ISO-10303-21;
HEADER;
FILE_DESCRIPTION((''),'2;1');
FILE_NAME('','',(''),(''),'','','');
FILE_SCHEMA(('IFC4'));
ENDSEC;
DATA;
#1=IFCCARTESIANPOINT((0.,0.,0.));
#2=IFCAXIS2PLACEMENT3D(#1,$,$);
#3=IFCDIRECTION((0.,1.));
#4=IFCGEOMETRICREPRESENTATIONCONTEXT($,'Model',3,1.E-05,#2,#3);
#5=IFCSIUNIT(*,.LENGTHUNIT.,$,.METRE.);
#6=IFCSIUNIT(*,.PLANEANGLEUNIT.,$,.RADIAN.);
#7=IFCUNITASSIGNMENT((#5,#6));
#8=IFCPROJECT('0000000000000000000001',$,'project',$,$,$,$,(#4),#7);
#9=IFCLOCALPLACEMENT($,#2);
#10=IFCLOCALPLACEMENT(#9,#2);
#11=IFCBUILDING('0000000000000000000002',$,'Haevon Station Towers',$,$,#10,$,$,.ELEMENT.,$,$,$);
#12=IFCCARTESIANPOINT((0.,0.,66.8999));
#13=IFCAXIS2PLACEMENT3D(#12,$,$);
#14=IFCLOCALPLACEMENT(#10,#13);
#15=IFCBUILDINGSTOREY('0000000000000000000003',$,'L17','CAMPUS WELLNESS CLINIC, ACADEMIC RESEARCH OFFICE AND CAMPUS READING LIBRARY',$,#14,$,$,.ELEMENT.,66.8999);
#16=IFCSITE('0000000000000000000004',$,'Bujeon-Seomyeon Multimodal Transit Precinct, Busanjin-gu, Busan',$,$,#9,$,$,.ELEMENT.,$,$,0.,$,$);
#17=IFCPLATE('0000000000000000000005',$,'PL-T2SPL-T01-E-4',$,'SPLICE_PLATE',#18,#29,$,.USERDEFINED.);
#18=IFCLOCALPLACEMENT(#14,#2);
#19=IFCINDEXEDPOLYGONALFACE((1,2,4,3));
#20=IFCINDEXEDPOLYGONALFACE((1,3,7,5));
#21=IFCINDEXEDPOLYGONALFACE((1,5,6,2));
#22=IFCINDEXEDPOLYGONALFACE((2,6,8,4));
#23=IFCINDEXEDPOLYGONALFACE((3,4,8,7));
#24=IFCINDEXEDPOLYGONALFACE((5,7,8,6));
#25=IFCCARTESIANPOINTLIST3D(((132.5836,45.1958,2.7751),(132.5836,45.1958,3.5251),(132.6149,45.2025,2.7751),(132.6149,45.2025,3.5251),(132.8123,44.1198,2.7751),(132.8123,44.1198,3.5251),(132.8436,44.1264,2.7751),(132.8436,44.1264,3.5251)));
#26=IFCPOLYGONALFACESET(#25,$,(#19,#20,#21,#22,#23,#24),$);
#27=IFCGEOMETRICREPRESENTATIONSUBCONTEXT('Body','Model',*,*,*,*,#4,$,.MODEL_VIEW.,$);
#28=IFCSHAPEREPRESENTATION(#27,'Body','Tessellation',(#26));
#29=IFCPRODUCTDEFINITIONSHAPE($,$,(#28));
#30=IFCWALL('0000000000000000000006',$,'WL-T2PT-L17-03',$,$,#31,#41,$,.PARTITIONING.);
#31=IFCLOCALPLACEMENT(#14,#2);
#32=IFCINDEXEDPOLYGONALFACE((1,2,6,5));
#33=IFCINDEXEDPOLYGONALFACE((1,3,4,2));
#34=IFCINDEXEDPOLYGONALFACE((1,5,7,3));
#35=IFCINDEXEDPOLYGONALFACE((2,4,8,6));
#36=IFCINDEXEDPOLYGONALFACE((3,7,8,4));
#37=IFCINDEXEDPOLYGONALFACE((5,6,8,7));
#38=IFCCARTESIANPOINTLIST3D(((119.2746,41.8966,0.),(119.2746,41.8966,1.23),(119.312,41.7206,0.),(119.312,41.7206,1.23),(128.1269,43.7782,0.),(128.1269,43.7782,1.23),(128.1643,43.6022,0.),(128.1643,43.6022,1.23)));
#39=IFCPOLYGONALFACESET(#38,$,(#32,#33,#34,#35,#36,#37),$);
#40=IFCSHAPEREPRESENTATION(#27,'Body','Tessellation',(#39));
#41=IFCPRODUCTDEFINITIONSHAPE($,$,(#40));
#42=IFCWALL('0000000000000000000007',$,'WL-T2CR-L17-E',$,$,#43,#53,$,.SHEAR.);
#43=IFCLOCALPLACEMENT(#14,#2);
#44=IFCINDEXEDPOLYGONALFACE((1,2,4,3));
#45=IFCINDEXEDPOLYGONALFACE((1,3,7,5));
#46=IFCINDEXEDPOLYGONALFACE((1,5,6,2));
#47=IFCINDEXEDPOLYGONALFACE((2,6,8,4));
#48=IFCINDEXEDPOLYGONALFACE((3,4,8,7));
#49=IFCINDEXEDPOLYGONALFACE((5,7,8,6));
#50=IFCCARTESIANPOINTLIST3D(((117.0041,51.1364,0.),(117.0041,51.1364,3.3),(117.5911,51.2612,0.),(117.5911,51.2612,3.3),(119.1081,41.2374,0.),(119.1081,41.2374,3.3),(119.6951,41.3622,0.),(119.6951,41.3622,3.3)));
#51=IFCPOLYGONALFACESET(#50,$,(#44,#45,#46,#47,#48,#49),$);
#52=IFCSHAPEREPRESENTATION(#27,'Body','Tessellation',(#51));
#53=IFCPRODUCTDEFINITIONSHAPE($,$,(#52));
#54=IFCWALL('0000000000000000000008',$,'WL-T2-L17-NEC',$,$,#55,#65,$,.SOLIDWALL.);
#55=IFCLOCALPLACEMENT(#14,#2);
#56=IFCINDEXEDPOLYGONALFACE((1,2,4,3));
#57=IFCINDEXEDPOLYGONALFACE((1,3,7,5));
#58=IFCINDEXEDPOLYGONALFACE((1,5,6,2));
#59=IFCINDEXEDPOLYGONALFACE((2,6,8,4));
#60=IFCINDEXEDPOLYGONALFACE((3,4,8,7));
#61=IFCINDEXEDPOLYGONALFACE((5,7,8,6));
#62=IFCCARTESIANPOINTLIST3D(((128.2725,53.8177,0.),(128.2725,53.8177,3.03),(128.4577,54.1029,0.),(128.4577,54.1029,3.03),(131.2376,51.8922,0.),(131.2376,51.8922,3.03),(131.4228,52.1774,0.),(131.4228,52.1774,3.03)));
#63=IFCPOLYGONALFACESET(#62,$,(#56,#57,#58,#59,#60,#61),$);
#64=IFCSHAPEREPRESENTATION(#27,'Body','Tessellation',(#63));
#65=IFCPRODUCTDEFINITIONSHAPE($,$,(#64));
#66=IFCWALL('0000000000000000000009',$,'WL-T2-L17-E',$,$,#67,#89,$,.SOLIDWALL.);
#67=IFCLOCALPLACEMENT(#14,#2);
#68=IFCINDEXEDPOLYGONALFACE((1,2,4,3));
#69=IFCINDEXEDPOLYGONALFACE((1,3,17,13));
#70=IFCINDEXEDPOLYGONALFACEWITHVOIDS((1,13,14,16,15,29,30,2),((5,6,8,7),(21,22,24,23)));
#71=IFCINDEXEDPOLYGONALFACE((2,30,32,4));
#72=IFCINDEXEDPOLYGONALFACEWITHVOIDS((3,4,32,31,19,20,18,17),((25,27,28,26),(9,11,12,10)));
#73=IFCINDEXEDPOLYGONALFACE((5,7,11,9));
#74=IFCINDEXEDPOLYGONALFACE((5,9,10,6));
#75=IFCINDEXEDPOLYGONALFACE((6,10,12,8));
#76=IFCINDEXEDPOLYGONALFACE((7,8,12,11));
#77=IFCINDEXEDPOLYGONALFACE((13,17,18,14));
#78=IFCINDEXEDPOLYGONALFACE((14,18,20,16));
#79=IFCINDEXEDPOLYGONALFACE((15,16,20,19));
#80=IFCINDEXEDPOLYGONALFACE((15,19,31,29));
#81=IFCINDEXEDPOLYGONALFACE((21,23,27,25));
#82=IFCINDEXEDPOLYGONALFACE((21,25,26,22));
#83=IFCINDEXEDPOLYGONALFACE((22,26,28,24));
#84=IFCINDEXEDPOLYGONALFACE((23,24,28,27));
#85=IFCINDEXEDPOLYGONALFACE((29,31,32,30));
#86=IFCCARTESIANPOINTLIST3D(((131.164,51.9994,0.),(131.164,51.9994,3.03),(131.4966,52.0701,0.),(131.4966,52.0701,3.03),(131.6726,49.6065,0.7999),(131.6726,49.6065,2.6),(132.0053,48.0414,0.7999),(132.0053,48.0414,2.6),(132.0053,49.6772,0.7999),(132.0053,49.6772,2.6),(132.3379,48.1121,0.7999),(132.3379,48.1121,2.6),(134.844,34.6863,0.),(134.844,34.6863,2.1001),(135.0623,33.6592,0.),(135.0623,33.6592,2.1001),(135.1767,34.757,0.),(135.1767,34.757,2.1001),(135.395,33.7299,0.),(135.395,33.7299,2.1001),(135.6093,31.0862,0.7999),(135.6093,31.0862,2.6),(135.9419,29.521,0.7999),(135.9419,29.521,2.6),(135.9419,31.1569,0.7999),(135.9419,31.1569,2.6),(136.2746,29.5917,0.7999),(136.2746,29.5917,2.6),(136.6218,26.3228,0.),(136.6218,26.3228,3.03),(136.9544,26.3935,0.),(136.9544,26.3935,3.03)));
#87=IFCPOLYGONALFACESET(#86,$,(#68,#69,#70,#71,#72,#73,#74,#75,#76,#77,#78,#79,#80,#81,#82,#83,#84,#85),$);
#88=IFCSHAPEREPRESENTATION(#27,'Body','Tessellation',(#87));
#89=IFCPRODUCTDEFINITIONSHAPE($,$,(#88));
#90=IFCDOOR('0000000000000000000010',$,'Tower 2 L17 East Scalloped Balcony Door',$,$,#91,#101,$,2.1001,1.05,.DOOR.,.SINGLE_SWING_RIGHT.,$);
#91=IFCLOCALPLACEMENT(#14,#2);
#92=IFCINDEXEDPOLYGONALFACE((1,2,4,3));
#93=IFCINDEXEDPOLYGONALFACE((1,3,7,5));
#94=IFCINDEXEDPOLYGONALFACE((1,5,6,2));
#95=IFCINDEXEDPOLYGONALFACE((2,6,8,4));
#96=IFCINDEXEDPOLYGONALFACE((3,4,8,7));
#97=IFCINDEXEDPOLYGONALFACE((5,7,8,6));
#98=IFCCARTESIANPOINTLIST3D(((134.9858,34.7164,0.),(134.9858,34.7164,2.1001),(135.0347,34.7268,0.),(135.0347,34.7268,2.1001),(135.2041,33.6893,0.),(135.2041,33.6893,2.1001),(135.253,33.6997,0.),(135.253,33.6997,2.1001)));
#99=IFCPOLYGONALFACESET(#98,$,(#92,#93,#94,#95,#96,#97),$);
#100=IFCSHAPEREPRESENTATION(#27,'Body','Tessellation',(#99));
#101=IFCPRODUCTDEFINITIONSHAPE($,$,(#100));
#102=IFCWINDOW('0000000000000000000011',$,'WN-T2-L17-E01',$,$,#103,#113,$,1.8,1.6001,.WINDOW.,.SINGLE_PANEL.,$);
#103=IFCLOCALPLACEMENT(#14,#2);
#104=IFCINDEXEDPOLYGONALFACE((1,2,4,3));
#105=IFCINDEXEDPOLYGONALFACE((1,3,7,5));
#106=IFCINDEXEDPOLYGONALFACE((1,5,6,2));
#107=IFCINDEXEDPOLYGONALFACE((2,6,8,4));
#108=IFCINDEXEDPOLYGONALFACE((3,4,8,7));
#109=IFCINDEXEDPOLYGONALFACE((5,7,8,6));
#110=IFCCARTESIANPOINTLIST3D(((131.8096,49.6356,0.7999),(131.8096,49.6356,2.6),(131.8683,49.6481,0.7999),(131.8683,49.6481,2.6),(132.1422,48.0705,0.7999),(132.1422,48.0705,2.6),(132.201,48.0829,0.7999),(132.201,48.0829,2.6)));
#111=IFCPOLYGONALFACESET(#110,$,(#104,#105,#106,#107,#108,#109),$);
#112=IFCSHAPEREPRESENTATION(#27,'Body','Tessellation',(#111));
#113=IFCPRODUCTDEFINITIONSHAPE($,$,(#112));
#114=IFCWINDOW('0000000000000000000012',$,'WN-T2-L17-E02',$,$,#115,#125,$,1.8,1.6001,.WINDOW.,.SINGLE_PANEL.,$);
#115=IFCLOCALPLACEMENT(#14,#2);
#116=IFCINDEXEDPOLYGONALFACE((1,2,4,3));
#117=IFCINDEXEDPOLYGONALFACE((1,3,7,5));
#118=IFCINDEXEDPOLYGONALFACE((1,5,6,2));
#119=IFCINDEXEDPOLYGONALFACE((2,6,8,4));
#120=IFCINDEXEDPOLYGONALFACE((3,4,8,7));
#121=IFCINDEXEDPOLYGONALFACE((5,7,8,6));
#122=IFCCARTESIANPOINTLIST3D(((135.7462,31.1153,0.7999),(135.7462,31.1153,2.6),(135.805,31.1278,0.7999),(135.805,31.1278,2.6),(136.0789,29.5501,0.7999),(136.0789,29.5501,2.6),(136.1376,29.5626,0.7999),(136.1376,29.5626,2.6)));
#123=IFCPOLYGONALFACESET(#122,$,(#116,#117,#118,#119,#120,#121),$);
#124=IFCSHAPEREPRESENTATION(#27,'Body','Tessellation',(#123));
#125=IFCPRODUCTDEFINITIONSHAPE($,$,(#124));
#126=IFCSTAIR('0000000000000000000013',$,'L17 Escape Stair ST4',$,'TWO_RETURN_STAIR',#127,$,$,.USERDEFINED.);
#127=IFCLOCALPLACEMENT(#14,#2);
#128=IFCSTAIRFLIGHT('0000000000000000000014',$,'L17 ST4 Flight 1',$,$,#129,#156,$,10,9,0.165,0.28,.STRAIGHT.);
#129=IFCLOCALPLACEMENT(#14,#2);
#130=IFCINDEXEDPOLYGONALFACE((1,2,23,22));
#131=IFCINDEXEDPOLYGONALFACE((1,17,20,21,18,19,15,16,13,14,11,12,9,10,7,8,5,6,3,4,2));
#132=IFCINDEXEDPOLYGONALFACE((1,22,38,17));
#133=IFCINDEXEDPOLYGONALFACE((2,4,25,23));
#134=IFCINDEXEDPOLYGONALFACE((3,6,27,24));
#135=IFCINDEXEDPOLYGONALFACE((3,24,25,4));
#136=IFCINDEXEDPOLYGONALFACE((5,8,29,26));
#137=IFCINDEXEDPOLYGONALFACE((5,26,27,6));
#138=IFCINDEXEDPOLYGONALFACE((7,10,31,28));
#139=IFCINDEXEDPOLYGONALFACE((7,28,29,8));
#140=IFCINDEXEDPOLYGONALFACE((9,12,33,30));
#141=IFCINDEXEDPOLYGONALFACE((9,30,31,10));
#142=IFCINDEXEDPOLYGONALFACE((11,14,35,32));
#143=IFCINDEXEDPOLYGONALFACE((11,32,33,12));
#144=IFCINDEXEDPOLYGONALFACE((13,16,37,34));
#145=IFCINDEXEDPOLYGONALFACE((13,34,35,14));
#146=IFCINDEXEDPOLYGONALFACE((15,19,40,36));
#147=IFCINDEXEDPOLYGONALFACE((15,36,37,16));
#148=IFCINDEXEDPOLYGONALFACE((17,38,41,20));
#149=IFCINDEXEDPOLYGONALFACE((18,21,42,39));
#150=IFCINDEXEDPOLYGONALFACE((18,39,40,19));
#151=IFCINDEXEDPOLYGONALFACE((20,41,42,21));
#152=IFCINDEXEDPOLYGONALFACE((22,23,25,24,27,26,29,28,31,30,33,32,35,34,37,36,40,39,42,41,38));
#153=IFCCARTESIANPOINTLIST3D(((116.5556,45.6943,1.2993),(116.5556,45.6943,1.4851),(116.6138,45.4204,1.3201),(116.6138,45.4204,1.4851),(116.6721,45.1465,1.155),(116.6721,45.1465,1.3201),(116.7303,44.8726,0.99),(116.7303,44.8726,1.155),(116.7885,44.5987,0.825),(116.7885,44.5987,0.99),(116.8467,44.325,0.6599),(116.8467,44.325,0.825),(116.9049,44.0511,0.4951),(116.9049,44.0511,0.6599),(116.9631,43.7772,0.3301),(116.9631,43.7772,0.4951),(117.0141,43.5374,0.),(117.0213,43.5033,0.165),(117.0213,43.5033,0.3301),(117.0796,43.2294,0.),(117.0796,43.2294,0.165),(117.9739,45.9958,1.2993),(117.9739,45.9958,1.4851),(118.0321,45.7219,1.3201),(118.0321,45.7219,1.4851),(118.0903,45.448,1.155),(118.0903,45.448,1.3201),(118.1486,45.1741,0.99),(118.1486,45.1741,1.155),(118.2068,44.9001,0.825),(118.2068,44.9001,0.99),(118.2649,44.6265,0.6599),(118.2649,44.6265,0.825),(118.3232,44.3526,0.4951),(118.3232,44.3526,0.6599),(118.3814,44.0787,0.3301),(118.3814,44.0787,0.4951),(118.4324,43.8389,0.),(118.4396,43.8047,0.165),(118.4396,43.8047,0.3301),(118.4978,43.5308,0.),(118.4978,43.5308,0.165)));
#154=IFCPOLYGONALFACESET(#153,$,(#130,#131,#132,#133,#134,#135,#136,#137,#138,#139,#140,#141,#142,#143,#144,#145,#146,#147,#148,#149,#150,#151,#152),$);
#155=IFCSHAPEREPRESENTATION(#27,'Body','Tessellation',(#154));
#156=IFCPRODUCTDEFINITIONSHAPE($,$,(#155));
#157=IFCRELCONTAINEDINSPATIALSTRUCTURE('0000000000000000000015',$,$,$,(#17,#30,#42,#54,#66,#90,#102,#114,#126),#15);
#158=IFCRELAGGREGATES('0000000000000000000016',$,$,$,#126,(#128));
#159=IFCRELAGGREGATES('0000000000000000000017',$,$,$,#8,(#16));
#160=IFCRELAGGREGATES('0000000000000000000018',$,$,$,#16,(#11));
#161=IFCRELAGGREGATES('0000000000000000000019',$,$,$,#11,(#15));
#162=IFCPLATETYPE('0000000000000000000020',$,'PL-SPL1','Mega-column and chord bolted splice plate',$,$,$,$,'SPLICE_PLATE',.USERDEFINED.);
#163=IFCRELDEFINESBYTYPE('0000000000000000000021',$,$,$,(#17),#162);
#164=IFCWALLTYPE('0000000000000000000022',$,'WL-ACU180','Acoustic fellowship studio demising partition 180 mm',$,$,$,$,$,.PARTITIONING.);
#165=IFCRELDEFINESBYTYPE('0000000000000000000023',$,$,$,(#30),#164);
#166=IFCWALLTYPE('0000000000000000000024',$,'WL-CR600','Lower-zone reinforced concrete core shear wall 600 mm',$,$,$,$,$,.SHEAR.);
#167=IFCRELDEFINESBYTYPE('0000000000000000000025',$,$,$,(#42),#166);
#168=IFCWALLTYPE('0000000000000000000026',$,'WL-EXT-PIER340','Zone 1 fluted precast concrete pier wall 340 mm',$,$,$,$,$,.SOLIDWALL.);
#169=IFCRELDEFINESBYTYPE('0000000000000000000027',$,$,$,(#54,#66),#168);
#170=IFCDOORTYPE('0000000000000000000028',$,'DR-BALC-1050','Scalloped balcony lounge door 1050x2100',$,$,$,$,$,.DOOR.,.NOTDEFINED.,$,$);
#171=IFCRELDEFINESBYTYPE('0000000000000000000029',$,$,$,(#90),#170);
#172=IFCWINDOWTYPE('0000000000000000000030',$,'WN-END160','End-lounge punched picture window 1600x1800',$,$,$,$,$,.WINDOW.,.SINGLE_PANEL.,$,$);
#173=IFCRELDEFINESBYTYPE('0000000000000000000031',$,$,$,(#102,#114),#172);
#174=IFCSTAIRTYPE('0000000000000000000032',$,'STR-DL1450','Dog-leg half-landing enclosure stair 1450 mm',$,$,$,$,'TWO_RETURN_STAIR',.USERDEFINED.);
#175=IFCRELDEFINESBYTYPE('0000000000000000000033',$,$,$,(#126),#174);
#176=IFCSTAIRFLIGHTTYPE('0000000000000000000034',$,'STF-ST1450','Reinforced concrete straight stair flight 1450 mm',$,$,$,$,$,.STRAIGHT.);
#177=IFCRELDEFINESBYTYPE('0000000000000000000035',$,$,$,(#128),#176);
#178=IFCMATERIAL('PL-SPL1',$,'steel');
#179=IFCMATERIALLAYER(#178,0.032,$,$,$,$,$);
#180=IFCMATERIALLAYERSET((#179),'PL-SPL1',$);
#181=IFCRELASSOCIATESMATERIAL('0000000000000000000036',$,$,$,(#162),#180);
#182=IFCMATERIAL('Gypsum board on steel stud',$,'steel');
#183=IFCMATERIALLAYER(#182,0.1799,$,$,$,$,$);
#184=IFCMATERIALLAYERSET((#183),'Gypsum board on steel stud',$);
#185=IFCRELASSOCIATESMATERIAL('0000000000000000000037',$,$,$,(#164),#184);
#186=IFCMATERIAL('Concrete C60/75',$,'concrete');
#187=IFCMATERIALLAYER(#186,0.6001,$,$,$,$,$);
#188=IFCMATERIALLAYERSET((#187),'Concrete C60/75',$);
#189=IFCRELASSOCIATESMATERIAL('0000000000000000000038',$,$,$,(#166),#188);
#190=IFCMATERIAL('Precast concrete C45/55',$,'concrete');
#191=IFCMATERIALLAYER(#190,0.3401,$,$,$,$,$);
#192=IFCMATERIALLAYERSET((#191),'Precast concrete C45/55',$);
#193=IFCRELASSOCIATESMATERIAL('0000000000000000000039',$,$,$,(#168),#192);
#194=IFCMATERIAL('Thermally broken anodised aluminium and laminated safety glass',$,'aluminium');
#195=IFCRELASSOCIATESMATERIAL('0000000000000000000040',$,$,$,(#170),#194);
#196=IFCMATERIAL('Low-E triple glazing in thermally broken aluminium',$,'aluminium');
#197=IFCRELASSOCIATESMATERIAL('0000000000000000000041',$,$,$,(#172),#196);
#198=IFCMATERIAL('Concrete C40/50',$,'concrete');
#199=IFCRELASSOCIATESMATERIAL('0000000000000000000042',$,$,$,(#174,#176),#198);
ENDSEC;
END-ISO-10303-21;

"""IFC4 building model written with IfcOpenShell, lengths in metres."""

from ifc_helpers import new_model, si_unit, direction, frame, frame_2d, origin, origin_2d, place, context, subcontext, project, spatial, polyline, rectangle, outline, extrude, material, layer, layer_set, type_object, element, fill, aggregate, save


model = new_model("IFC4")

# Units and contexts
model_context = context("Model", 3, precision=1e-05, world=origin(), true_north=direction((0.0, 1.0)))
body_context = subcontext(model_context, "Body", "Model", "MODEL_VIEW")
ifc_project = project(units=[si_unit("LENGTHUNIT", "METRE"), si_unit("PLANEANGLEUNIT", "RADIAN")], contexts=[model_context])

# Site, building, storey
site_placement = place(None, origin())
site = spatial("IfcSite", under=ifc_project, at=site_placement, Name="Bujeon-Seomyeon Multimodal Transit Precinct, Busanjin-gu, Busan", CompositionType="ELEMENT", RefElevation=0.0)
building_placement = place(site_placement, origin())
building = spatial("IfcBuilding", under=site, at=building_placement, Name="Haevon Station Towers", CompositionType="ELEMENT")
storey_placement = place(building_placement, frame((0.0, 0.0, 66.8999)))
storey = spatial("IfcBuildingStorey", under=building, at=storey_placement, Name="L17", Description="CAMPUS WELLNESS CLINIC, ACADEMIC RESEARCH OFFICE AND CAMPUS READING LIBRARY", CompositionType="ELEMENT", Elevation=66.8999)

# Plate
ifc_material_1 = material(Name="PL-SPL1", Category="steel")
ifc_layer_1 = layer(ifc_material_1, 0.032)
ifc_layer_set_1 = layer_set([ifc_layer_1], Name="PL-SPL1")
plate_type_1 = type_object("IfcPlateType", Name="PL-SPL1", Description="Mega-column and chord bolted splice plate", ElementType="SPLICE_PLATE", PredefinedType="USERDEFINED", material=ifc_layer_set_1)
plate_1_placement = place(storey_placement, frame((132.7136, 44.6611, 2.7751), z_axis=(0.0, 0.0, 1.0), x_axis=(-0.207912, 0.978148, 0.0)))
element("IfcPlate", 1, at=plate_1_placement, inside=storey, type_object=plate_type_1, Name="PL-T2SPL-T01-E-4", ObjectType="SPLICE_PLATE", PredefinedType="USERDEFINED", context=body_context, shape_type="SweptSolid", body=[
    extrude(rectangle(XDim=1.1001, YDim=0.032, at=origin_2d()), origin(), (0.0, 0.0, 1.0), 0.75),
])

# Walls
ifc_material_2 = material(Name="Gypsum board on steel stud", Category="steel")
ifc_layer_2 = layer(ifc_material_2, 0.1799)
ifc_layer_set_2 = layer_set([ifc_layer_2], Name="Gypsum board on steel stud")
wall_type_1 = type_object("IfcWallType", Name="WL-ACU180", Description="Acoustic fellowship studio demising partition 180 mm", PredefinedType="PARTITIONING", material=ifc_layer_set_2)
wall_1_placement = place(storey_placement, frame((119.2935, 41.8086, 0.0), z_axis=(0.0, 0.0, 1.0), x_axis=(0.978148, 0.207909, 0.0)))
element("IfcWall", 2, at=wall_1_placement, inside=storey, type_object=wall_type_1, Name="WL-T2PT-L17-03", PredefinedType="PARTITIONING", context=body_context, shape_type="SweptSolid", body=[
    extrude(rectangle(XDim=9.05, YDim=0.1799, at=frame_2d((4.5249, 0.0))), origin(), (0.0, 0.0, 1.0), 1.23),
])
ifc_material_3 = material(Name="Concrete C60/75", Category="concrete")
ifc_layer_3 = layer(ifc_material_3, 0.6001)
ifc_layer_set_3 = layer_set([ifc_layer_3], Name="Concrete C60/75")
wall_type_2 = type_object("IfcWallType", Name="WL-CR600", Description="Lower-zone reinforced concrete core shear wall 600 mm", PredefinedType="SHEAR", material=ifc_layer_set_3)
wall_2_placement = place(storey_placement, frame((119.4016, 41.2998, 0.0), z_axis=(0.0, 0.0, 1.0), x_axis=(-0.207904, 0.978149, 0.0)))
element("IfcWall", 3, at=wall_2_placement, inside=storey, type_object=wall_type_2, Name="WL-T2CR-L17-E", PredefinedType="SHEAR", context=body_context, shape_type="SweptSolid", body=[
    extrude(rectangle(XDim=10.1201, YDim=0.6001, at=frame_2d((5.0601, 0.0))), origin(), (0.0, 0.0, 1.0), 3.3),
])
ifc_material_4 = material(Name="Precast concrete C45/55", Category="concrete")
ifc_layer_4 = layer(ifc_material_4, 0.3401)
ifc_layer_set_4 = layer_set([ifc_layer_4], Name="Precast concrete C45/55")
wall_type_3 = type_object("IfcWallType", Name="WL-EXT-PIER340", Description="Zone 1 fluted precast concrete pier wall 340 mm", PredefinedType="SOLIDWALL", material=ifc_layer_set_4)
wall_3_placement = place(storey_placement, frame((128.3652, 53.9602, 0.0), z_axis=(0.0, 0.0, 1.0), x_axis=(0.838672, -0.544636, 0.0)))
element("IfcWall", 4, at=wall_3_placement, inside=storey, type_object=wall_type_3, Name="WL-T2-L17-NEC", PredefinedType="SOLIDWALL", context=body_context, shape_type="SweptSolid", body=[
    extrude(rectangle(XDim=3.5354, YDim=0.3401, at=frame_2d((1.7676, 0.0))), origin(), (0.0, 0.0, 1.0), 3.03),
])

# Wall, openings, door, windows
wall_4_placement = place(storey_placement, frame((131.3303, 52.0347, 0.0), z_axis=(0.0, 0.0, 1.0), x_axis=(0.207914, -0.978147, 0.0)))
wall_4 = element("IfcWall", 5, at=wall_4_placement, inside=storey, type_object=wall_type_3, Name="WL-T2-L17-E", PredefinedType="SOLIDWALL", context=body_context, shape_type="SweptSolid", body=[
    extrude(rectangle(XDim=26.2502, YDim=0.3401, at=frame_2d((13.125, 0.0))), origin(), (0.0, 0.0, 1.0), 3.03),
])
opening_1_placement = place(wall_4_placement, frame((17.7, 0.0, 0.0)))
opening_1 = element("IfcOpeningElement", 6, at=opening_1_placement, cuts=wall_4, PredefinedType="OPENING", context=body_context, shape_type="SweptSolid", body=[
    extrude(rectangle(XDim=1.05, YDim=2.1001, at=frame_2d((0.5249, 1.05))), frame((0.0, 0.1799, 0.0), z_axis=(0.0, -1.0, 0.0), x_axis=(1.0, 0.0, 0.0)), (0.0, 0.0, 1.0), 0.3601),
])
opening_2_placement = place(wall_4_placement, frame((2.4463, 0.0, 0.8)))
opening_2 = element("IfcOpeningElement", 7, at=opening_2_placement, cuts=wall_4, PredefinedType="OPENING", context=body_context, shape_type="SweptSolid", body=[
    extrude(rectangle(XDim=1.6001, YDim=1.8, at=frame_2d((0.8, 0.8999))), frame((0.0, 0.1799, 0.0), z_axis=(0.0, -1.0, 0.0), x_axis=(1.0, 0.0, 0.0)), (0.0, 0.0, 1.0), 0.3601),
])
opening_3_placement = place(wall_4_placement, frame((21.3804, 0.0, 0.8)))
opening_3 = element("IfcOpeningElement", 8, at=opening_3_placement, cuts=wall_4, PredefinedType="OPENING", context=body_context, shape_type="SweptSolid", body=[
    extrude(rectangle(XDim=1.6001, YDim=1.8, at=frame_2d((0.8, 0.8999))), frame((0.0, 0.1799, 0.0), z_axis=(0.0, -1.0, 0.0), x_axis=(1.0, 0.0, 0.0)), (0.0, 0.0, 1.0), 0.3601),
])
ifc_material_5 = material(Name="Thermally broken anodised aluminium and laminated safety glass", Category="aluminium")
door_type = type_object("IfcDoorType", Name="DR-BALC-1050", Description="Scalloped balcony lounge door 1050x2100", OperationType="NOTDEFINED", PredefinedType="DOOR", material=ifc_material_5)
door_placement = place(opening_1_placement, origin())
door = element("IfcDoor", 9, at=door_placement, inside=storey, type_object=door_type, Name="Tower 2 L17 East Scalloped Balcony Door", OperationType="SINGLE_SWING_RIGHT", OverallHeight=2.1001, OverallWidth=1.05, PredefinedType="DOOR", context=body_context, shape_type="SweptSolid", body=[
    extrude(rectangle(XDim=1.05, YDim=2.1001, at=frame_2d((0.5249, 1.05))), frame((0.0, 0.0249, 0.0), z_axis=(0.0, -1.0, 0.0), x_axis=(1.0, 0.0, 0.0)), (0.0, 0.0, 1.0), 0.05),
])
fill(opening_1, door)
ifc_material_6 = material(Name="Low-E triple glazing in thermally broken aluminium", Category="aluminium")
window_type = type_object("IfcWindowType", Name="WN-END160", Description="End-lounge punched picture window 1600x1800", PartitioningType="SINGLE_PANEL", PredefinedType="WINDOW", material=ifc_material_6)
window_1_placement = place(opening_2_placement, origin())
window_1 = element("IfcWindow", 10, at=window_1_placement, inside=storey, type_object=window_type, Name="WN-T2-L17-E01", OverallHeight=1.8, OverallWidth=1.6001, PartitioningType="SINGLE_PANEL", PredefinedType="WINDOW", context=body_context, shape_type="SweptSolid", body=[
    extrude(rectangle(XDim=1.6001, YDim=1.8, at=frame_2d((0.8, 0.8999))), frame((0.0, 0.03, 0.0), z_axis=(0.0, -1.0, 0.0), x_axis=(1.0, 0.0, 0.0)), (0.0, 0.0, 1.0), 0.0601),
])
fill(opening_2, window_1)
window_2_placement = place(opening_3_placement, origin())
window_2 = element("IfcWindow", 11, at=window_2_placement, inside=storey, type_object=window_type, Name="WN-T2-L17-E02", OverallHeight=1.8, OverallWidth=1.6001, PartitioningType="SINGLE_PANEL", PredefinedType="WINDOW", context=body_context, shape_type="SweptSolid", body=[
    extrude(rectangle(XDim=1.6001, YDim=1.8, at=frame_2d((0.8, 0.8999))), frame((0.0, 0.03, 0.0), z_axis=(0.0, -1.0, 0.0), x_axis=(1.0, 0.0, 0.0)), (0.0, 0.0, 1.0), 0.0601),
])
fill(opening_3, window_2)

# Stair, stair flight
ifc_material_7 = material(Name="Concrete C40/50", Category="concrete")
stair_type = type_object("IfcStairType", Name="STR-DL1450", Description="Dog-leg half-landing enclosure stair 1450 mm", ElementType="TWO_RETURN_STAIR", PredefinedType="USERDEFINED", material=ifc_material_7)
stair_placement = place(storey_placement, origin())
stair = element("IfcStair", 12, at=stair_placement, inside=storey, type_object=stair_type, Name="L17 Escape Stair ST4", ObjectType="TWO_RETURN_STAIR", PredefinedType="USERDEFINED")
stair_flight_type = type_object("IfcStairFlightType", Name="STF-ST1450", Description="Reinforced concrete straight stair flight 1450 mm", PredefinedType="STRAIGHT", material=ifc_material_7)
stair_flight_placement = place(storey_placement, frame((117.7888, 43.3801, 0.0), z_axis=(0.0, 0.0, 1.0), x_axis=(-0.207912, 0.978148, 0.0)))
stair_flight = element("IfcStairFlight", 13, at=stair_flight_placement, type_object=stair_flight_type, Name="L17 ST4 Flight 1", NumberOfRisers=10, NumberOfTreads=9, PredefinedType="STRAIGHT", RiserHeight=0.165, TreadLength=0.28, context=body_context, shape_type="SweptSolid", body=[
    extrude(outline(polyline([(0.0, 0.0), (0.0, 0.165), (0.28, 0.165), (0.28, 0.3301), (0.5601, 0.3301), (0.5601, 0.4951), (0.8401, 0.4951), (0.8401, 0.6599), (1.1201, 0.6599), (1.1201, 0.825), (1.3999, 0.825), (1.3999, 0.99), (1.6799, 0.99), (1.6799, 1.155), (1.96, 1.155), (1.96, 1.3201), (2.24, 1.3201), (2.24, 1.4851), (2.52, 1.4851), (2.52, 1.6499), (2.52, 1.2993), (0.3149, 0.0), (0.0, 0.0)])), frame((0.0, 0.7251, 0.0), z_axis=(0.0, -1.0, 0.0), x_axis=(1.0, 0.0, 0.0)), (0.0, 0.0, 1.0), 1.45),
])
aggregate(stair, [stair_flight])

save(model, "model.ifc")
